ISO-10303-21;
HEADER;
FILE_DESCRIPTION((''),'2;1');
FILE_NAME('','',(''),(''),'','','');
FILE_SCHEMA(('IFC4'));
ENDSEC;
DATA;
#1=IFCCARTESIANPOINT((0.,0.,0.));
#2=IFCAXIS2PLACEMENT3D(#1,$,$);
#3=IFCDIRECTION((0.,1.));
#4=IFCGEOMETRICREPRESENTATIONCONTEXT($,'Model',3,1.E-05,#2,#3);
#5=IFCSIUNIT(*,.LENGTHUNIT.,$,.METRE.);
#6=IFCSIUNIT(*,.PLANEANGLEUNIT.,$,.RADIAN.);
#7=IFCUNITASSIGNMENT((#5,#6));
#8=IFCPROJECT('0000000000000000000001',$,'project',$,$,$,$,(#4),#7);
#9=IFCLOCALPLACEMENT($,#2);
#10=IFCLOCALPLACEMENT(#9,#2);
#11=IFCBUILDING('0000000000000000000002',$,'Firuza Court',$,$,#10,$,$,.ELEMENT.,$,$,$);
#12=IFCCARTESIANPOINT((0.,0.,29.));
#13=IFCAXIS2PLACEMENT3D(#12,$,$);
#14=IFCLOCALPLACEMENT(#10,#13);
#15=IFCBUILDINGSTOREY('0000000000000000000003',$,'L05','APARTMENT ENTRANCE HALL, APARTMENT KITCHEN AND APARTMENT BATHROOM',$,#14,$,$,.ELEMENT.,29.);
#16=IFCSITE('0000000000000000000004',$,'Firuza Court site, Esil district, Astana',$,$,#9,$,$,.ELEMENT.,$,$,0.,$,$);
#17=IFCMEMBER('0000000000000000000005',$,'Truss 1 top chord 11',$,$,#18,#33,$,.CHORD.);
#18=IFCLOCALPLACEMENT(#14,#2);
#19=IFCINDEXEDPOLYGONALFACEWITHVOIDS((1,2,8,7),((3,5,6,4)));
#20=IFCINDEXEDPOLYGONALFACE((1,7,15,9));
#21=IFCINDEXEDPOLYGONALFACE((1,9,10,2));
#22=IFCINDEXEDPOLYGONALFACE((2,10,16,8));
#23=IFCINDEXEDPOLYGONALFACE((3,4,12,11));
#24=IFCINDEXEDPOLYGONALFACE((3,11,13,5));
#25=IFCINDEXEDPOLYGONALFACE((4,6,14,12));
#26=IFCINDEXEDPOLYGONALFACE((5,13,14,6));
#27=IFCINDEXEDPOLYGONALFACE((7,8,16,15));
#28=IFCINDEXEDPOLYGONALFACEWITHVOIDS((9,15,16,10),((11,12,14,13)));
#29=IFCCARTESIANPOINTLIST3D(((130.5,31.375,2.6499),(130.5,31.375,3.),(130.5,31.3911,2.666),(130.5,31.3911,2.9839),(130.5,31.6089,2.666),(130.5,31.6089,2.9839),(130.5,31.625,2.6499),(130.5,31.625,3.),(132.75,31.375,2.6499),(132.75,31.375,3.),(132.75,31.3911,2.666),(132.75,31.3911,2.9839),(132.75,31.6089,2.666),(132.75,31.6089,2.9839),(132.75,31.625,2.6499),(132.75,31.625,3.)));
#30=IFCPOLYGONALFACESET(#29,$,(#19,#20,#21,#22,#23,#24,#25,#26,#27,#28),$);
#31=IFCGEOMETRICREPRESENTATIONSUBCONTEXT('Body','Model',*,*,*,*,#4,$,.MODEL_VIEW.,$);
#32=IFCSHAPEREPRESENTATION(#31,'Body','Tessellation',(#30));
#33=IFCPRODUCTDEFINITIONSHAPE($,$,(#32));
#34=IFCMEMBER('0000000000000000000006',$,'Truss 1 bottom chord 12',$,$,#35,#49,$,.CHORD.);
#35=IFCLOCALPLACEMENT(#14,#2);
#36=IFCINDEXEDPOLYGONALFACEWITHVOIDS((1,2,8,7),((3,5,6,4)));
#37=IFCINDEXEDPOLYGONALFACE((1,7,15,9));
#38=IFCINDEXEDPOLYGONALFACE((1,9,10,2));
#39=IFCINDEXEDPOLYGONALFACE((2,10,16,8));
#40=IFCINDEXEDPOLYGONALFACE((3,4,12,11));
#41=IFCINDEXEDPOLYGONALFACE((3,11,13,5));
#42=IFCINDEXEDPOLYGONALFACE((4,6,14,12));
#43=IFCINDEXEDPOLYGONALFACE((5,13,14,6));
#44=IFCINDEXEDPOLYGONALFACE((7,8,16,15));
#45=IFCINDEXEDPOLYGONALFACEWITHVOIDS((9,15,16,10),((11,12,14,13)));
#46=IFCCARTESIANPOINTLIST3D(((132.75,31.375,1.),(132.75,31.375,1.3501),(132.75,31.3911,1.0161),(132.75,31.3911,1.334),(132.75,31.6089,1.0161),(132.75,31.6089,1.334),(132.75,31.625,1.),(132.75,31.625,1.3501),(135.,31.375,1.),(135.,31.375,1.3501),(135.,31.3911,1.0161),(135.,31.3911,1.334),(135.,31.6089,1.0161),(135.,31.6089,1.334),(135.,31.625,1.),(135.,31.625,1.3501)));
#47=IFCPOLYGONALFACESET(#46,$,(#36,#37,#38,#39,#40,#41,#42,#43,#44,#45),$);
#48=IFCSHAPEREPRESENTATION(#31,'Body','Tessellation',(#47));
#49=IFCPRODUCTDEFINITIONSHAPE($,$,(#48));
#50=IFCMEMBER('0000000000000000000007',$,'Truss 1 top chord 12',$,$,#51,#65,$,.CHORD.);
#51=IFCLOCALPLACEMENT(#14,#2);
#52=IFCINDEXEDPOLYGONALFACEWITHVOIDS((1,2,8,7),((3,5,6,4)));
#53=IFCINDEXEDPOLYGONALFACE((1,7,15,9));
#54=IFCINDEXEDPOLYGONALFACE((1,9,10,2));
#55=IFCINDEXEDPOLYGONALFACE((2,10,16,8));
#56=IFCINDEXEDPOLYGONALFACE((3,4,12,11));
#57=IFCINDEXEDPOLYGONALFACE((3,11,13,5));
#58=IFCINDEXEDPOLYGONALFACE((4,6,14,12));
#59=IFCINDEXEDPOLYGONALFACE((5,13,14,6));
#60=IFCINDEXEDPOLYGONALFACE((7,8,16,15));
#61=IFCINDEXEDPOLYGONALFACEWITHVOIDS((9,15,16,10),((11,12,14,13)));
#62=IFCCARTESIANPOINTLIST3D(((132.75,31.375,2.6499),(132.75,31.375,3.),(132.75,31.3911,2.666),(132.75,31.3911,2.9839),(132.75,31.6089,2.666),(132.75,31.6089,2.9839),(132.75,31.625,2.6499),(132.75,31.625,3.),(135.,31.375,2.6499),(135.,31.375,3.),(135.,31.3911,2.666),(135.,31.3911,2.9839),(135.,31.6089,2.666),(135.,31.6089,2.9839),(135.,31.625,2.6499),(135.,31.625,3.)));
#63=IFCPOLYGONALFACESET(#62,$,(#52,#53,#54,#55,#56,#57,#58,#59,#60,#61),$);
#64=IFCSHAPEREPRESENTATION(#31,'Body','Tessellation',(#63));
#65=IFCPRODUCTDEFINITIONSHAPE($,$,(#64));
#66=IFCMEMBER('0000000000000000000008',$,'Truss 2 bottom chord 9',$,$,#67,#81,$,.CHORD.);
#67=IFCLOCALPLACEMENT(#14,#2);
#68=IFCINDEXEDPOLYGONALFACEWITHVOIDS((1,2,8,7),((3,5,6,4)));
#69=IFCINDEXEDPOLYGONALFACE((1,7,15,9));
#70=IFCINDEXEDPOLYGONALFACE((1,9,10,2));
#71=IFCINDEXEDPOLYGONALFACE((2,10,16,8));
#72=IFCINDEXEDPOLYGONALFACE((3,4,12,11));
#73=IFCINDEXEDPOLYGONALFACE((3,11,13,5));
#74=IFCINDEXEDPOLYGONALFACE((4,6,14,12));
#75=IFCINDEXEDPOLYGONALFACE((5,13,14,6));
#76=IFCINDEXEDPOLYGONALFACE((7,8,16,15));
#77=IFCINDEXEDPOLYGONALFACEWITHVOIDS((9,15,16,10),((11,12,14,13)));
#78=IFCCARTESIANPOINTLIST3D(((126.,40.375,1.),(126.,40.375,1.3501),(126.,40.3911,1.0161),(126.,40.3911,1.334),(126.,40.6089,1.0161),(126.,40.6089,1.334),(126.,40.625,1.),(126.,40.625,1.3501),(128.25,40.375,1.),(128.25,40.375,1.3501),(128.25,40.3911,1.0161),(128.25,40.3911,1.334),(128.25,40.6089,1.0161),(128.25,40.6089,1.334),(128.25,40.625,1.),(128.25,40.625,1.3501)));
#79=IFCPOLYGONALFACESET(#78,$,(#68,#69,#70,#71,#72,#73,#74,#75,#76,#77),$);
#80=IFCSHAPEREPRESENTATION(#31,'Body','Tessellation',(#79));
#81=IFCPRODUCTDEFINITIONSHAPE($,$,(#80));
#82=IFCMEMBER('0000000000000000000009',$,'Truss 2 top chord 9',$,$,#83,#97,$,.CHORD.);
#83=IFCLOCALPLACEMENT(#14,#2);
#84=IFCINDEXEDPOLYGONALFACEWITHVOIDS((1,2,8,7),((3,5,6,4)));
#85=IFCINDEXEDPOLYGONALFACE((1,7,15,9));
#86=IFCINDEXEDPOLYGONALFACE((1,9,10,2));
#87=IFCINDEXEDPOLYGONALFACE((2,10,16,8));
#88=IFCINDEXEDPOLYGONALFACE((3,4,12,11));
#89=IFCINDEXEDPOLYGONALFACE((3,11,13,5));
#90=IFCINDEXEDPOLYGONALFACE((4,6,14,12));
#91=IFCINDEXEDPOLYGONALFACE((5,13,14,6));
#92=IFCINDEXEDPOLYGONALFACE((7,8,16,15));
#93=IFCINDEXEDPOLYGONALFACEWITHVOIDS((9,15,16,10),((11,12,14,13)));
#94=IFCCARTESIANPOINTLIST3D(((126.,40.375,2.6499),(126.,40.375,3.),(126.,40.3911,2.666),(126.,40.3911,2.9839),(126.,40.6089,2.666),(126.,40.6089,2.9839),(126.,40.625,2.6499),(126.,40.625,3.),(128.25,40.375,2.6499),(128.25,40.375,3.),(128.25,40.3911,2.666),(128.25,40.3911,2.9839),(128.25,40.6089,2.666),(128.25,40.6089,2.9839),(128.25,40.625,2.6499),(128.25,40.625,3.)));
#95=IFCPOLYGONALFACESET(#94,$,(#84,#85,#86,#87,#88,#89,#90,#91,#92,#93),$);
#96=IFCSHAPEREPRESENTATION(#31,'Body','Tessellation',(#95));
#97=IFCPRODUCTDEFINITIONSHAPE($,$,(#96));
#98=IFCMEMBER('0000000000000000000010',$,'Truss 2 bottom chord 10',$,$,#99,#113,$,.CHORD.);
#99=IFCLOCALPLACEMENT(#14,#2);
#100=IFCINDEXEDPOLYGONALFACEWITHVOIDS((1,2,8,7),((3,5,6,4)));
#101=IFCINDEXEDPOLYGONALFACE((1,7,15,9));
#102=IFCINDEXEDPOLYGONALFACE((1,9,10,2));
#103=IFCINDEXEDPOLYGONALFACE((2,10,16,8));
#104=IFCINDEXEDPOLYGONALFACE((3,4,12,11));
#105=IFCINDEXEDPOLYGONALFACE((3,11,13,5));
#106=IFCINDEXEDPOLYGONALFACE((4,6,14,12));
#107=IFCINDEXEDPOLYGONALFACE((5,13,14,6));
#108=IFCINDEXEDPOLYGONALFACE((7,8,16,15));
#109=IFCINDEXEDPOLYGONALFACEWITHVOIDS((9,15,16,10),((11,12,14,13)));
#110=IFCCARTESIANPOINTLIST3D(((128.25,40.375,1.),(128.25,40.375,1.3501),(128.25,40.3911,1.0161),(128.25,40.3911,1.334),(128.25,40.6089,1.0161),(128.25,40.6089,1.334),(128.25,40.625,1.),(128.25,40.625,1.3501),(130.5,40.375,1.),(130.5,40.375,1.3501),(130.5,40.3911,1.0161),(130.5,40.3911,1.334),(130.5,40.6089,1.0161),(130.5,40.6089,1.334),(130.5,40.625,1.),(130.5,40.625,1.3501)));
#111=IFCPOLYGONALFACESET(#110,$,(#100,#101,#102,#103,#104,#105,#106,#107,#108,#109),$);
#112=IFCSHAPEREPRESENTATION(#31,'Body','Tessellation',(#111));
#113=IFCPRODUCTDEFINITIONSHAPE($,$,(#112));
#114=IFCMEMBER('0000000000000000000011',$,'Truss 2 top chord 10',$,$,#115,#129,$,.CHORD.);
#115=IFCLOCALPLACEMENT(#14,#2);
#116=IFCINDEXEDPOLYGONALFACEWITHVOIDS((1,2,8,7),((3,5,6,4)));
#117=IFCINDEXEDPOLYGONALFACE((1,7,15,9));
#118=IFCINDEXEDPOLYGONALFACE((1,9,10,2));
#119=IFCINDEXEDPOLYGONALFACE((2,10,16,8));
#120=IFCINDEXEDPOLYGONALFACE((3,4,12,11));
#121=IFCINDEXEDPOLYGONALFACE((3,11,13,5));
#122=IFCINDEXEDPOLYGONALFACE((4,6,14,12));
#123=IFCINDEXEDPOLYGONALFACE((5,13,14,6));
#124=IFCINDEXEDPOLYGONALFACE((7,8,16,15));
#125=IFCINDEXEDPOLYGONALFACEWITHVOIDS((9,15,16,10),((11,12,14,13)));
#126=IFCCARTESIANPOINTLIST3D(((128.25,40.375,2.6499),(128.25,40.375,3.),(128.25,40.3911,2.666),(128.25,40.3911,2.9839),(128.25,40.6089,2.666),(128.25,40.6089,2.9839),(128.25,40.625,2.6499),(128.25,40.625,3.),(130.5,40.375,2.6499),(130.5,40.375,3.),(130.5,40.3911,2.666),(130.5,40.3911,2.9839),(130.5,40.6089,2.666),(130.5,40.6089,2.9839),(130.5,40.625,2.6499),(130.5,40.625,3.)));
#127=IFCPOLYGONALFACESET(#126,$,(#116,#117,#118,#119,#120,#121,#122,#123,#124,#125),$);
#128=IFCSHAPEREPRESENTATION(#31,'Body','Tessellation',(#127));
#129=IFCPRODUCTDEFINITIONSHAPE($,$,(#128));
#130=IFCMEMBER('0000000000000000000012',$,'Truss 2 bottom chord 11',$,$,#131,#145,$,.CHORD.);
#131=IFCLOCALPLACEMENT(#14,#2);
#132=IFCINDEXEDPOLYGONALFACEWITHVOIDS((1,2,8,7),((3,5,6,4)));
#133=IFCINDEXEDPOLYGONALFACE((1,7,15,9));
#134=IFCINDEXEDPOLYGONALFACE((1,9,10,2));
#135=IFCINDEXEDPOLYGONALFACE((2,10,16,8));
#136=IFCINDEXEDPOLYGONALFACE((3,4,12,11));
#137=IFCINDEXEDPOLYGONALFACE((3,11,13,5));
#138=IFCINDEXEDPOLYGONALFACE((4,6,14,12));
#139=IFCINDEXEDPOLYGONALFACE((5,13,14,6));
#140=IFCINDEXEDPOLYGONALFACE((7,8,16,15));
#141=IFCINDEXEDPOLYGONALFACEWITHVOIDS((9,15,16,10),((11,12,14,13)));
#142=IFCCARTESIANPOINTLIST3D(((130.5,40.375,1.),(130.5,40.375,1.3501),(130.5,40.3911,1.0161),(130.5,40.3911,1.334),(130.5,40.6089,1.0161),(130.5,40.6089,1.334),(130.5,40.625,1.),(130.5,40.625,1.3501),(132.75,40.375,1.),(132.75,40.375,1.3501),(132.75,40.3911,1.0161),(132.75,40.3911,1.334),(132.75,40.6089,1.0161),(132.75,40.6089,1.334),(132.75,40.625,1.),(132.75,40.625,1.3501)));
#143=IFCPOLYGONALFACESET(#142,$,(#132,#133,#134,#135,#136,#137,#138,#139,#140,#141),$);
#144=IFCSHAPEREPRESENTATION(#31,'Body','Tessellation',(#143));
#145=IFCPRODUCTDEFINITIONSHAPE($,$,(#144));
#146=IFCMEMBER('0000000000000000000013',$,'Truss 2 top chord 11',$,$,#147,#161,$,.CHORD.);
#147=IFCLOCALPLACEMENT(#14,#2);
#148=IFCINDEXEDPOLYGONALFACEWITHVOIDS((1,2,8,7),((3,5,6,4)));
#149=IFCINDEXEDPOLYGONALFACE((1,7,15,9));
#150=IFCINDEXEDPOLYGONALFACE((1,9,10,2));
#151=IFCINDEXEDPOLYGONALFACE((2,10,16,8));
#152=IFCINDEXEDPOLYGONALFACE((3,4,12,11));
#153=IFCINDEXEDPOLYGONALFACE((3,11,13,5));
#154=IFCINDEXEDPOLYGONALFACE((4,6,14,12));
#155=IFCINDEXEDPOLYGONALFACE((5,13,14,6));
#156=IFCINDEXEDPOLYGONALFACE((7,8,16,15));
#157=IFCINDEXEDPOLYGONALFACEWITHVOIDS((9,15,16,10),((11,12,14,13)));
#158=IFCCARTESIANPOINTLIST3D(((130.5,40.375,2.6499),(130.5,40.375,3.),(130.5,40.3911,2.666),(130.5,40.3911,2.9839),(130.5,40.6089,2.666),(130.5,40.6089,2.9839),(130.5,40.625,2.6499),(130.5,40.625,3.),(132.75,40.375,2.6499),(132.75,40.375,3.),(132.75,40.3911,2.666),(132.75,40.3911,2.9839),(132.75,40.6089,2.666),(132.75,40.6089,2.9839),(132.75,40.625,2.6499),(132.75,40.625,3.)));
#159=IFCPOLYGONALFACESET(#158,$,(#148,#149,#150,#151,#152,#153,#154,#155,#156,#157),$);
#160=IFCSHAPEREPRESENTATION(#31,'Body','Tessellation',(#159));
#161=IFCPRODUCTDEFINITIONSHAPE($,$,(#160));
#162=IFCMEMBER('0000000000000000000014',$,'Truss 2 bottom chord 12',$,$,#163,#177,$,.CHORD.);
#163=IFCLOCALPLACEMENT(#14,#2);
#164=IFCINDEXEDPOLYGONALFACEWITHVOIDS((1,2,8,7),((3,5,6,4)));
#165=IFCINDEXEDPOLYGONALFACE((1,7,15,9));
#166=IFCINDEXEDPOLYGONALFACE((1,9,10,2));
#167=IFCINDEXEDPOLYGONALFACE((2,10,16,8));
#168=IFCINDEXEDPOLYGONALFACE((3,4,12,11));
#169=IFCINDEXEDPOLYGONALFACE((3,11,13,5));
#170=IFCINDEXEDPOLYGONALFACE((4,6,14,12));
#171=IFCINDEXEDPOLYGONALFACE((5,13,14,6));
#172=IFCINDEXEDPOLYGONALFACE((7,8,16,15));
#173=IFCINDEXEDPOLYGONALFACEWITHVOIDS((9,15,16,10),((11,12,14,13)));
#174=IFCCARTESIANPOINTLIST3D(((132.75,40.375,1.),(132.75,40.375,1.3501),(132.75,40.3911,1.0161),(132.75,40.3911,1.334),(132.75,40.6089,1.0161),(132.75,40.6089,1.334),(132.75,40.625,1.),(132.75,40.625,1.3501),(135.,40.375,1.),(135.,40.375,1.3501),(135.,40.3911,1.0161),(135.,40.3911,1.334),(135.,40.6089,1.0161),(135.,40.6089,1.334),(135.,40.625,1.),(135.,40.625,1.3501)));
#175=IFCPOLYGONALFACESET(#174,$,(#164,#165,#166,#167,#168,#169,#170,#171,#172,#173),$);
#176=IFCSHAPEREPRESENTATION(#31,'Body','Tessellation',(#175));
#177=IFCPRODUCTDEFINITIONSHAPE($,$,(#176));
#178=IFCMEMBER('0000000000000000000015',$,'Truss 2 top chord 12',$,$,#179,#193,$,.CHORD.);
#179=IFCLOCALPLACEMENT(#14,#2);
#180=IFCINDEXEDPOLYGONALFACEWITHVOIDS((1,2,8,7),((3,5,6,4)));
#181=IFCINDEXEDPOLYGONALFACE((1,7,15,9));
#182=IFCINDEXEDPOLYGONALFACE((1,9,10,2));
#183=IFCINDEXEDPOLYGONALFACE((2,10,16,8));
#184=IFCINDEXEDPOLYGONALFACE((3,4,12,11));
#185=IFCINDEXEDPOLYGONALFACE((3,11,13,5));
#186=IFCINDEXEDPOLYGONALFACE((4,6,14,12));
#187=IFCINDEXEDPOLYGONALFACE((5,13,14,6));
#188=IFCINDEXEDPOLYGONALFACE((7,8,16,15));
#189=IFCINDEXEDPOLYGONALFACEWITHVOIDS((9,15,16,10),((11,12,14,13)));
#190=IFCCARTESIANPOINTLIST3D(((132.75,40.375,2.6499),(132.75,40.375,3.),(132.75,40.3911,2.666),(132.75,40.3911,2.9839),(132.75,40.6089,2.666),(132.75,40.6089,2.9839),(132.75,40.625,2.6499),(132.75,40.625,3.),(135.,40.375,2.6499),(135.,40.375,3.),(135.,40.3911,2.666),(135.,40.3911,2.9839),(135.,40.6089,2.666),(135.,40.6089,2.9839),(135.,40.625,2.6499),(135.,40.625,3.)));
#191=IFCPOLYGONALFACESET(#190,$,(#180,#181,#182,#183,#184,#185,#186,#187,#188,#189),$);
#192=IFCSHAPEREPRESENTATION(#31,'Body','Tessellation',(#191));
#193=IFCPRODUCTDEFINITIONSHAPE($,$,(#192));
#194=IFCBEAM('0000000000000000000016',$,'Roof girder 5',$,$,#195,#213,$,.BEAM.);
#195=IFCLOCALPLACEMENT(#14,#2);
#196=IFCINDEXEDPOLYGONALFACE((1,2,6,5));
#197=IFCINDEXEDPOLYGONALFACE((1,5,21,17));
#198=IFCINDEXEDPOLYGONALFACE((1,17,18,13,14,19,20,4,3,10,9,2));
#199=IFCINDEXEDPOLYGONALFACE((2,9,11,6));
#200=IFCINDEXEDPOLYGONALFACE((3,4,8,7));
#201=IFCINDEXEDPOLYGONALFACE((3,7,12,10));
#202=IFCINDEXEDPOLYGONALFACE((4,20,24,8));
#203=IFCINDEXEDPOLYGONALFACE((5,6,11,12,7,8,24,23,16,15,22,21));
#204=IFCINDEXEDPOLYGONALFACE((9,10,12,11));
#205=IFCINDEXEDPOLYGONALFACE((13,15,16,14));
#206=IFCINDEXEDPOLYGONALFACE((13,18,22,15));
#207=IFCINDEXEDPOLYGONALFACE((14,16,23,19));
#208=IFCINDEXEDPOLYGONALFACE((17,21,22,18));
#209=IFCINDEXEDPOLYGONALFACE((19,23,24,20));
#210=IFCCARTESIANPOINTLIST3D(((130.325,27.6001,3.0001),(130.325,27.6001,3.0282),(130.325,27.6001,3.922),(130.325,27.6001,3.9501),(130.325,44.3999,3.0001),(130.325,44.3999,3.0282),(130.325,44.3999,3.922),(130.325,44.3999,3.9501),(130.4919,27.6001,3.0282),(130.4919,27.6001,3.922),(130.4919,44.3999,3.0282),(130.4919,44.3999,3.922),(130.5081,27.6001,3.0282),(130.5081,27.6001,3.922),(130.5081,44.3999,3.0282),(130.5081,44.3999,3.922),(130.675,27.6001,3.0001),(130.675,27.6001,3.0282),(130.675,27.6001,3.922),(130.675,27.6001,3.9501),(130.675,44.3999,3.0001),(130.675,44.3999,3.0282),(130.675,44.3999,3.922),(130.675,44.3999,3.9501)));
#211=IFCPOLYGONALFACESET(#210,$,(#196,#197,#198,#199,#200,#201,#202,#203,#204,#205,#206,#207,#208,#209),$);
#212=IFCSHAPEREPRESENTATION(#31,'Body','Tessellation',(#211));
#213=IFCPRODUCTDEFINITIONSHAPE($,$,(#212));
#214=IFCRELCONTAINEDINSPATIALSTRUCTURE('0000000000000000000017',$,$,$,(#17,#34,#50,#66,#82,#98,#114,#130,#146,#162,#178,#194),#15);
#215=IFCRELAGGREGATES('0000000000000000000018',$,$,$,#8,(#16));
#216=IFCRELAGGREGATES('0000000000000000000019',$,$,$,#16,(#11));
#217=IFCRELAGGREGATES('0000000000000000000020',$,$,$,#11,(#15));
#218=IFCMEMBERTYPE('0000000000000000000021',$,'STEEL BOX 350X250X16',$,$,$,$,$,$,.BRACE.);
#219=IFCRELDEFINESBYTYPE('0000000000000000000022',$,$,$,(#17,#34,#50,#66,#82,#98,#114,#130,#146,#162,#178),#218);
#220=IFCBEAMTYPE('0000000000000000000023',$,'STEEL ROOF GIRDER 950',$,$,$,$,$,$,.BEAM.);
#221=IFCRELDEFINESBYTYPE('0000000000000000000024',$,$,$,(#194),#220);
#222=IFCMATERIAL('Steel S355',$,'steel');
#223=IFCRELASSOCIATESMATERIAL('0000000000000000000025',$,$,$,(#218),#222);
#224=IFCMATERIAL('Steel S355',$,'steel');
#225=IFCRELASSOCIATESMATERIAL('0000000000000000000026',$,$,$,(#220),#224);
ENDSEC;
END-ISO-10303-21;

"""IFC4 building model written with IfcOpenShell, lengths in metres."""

from ifc_helpers import new_model, si_unit, direction, frame, origin, origin_2d, place, context, subcontext, project, spatial, hollow_rectangle, i_section, extrude, material, material_profile, profile_set, type_object, element, save


model = new_model("IFC4")

# Units and contexts
model_context = context("Model", 3, precision=1e-05, world=origin(), true_north=direction((0.0, 1.0)))
body_context = subcontext(model_context, "Body", "Model", "MODEL_VIEW")
ifc_project = project(units=[si_unit("LENGTHUNIT", "METRE"), si_unit("PLANEANGLEUNIT", "RADIAN")], contexts=[model_context])

# Site, building, storey
site_placement = place(None, origin())
site = spatial("IfcSite", under=ifc_project, at=site_placement, Name="Firuza Court site, Esil district, Astana", CompositionType="ELEMENT", RefElevation=0.0)
building_placement = place(site_placement, origin())
building = spatial("IfcBuilding", under=site, at=building_placement, Name="Firuza Court", CompositionType="ELEMENT")
storey_placement = place(building_placement, frame((0.0, 0.0, 29.0)))
storey = spatial("IfcBuildingStorey", under=building, at=storey_placement, Name="L05", Description="APARTMENT ENTRANCE HALL, APARTMENT KITCHEN AND APARTMENT BATHROOM", CompositionType="ELEMENT", Elevation=29.0)

# Members
ifc_material_1 = material(Name="Steel S355", Category="steel")
ifc_material_profile_1 = material_profile(ifc_material_1, hollow_rectangle(XDim=0.25, YDim=0.3501, WallThickness=0.0161, at=origin_2d()), Name="RHS 350X250X16")
ifc_profile_set_1 = profile_set([ifc_material_profile_1], Name="Steel S355")
member_type_1 = type_object("IfcMemberType", Name="STEEL BOX 350X250X16", PredefinedType="BRACE", material=ifc_profile_set_1)
for number, where, z_axis, x_axis, name in (
    (1, (130.5, 31.5, 2.825), (1.0, 0.0, 0.0), (0.0, 1.0, 0.0), "Truss 1 top chord 11"),
    (2, (132.75, 31.5, 1.175), (1.0, 0.0, 0.0), (0.0, 1.0, 0.0), "Truss 1 bottom chord 12"),
    (3, (132.75, 31.5, 2.825), (1.0, 0.0, 0.0), (0.0, 1.0, 0.0), "Truss 1 top chord 12"),
    (4, (126.0, 40.5, 1.175), (1.0, 0.0, 0.0), (0.0, 1.0, 0.0), "Truss 2 bottom chord 9"),
    (5, (126.0, 40.5, 2.825), (1.0, 0.0, 0.0), (0.0, 1.0, 0.0), "Truss 2 top chord 9"),
    (6, (128.25, 40.5, 1.175), (1.0, 0.0, 0.0), (0.0, 1.0, 0.0), "Truss 2 bottom chord 10"),
    (7, (128.25, 40.5, 2.825), (1.0, 0.0, 0.0), (0.0, 1.0, 0.0), "Truss 2 top chord 10"),
    (8, (130.5, 40.5, 1.175), (1.0, 0.0, 0.0), (0.0, 1.0, 0.0), "Truss 2 bottom chord 11"),
    (9, (130.5, 40.5, 2.825), (1.0, 0.0, 0.0), (0.0, 1.0, 0.0), "Truss 2 top chord 11"),
    (10, (132.75, 40.5, 1.175), (1.0, 0.0, 0.0), (0.0, 1.0, 0.0), "Truss 2 bottom chord 12"),
    (11, (132.75, 40.5, 2.825), (1.0, 0.0, 0.0), (0.0, 1.0, 0.0), "Truss 2 top chord 12"),
):
    element("IfcMember", number, at=place(storey_placement, frame(where, z_axis=z_axis, x_axis=x_axis)), inside=storey, type_object=member_type_1, Name=name, PredefinedType="CHORD", context=body_context, shape_type="SweptSolid", body=[
        extrude(hollow_rectangle(XDim=0.25, YDim=0.3501, WallThickness=0.0161, at=origin_2d()), origin(), (0.0, 0.0, 1.0), 2.25),
    ])

# Beam
ifc_material_2 = material(Name="Steel S355", Category="steel")
ifc_material_profile_2 = material_profile(ifc_material_2, i_section(OverallWidth=0.3501, OverallDepth=0.95, WebThickness=0.0161, FlangeThickness=0.0281, at=origin_2d()), Name="I 950X350")
ifc_profile_set_2 = profile_set([ifc_material_profile_2], Name="Steel S355")
beam_type = type_object("IfcBeamType", Name="STEEL ROOF GIRDER 950", PredefinedType="BEAM", material=ifc_profile_set_2)
beam_placement = place(storey_placement, frame((130.5, 27.6001, 3.4751), z_axis=(0.0, 1.0, 0.0), x_axis=(-1.0, 0.0, 0.0)))
element("IfcBeam", 12, at=beam_placement, inside=storey, type_object=beam_type, Name="Roof girder 5", PredefinedType="BEAM", context=body_context, shape_type="SweptSolid", body=[
    extrude(i_section(OverallWidth=0.3501, OverallDepth=0.95, WebThickness=0.0161, FlangeThickness=0.0281, at=origin_2d()), origin(), (0.0, 0.0, 1.0), 16.7998),
])

save(model, "model.ifc")
